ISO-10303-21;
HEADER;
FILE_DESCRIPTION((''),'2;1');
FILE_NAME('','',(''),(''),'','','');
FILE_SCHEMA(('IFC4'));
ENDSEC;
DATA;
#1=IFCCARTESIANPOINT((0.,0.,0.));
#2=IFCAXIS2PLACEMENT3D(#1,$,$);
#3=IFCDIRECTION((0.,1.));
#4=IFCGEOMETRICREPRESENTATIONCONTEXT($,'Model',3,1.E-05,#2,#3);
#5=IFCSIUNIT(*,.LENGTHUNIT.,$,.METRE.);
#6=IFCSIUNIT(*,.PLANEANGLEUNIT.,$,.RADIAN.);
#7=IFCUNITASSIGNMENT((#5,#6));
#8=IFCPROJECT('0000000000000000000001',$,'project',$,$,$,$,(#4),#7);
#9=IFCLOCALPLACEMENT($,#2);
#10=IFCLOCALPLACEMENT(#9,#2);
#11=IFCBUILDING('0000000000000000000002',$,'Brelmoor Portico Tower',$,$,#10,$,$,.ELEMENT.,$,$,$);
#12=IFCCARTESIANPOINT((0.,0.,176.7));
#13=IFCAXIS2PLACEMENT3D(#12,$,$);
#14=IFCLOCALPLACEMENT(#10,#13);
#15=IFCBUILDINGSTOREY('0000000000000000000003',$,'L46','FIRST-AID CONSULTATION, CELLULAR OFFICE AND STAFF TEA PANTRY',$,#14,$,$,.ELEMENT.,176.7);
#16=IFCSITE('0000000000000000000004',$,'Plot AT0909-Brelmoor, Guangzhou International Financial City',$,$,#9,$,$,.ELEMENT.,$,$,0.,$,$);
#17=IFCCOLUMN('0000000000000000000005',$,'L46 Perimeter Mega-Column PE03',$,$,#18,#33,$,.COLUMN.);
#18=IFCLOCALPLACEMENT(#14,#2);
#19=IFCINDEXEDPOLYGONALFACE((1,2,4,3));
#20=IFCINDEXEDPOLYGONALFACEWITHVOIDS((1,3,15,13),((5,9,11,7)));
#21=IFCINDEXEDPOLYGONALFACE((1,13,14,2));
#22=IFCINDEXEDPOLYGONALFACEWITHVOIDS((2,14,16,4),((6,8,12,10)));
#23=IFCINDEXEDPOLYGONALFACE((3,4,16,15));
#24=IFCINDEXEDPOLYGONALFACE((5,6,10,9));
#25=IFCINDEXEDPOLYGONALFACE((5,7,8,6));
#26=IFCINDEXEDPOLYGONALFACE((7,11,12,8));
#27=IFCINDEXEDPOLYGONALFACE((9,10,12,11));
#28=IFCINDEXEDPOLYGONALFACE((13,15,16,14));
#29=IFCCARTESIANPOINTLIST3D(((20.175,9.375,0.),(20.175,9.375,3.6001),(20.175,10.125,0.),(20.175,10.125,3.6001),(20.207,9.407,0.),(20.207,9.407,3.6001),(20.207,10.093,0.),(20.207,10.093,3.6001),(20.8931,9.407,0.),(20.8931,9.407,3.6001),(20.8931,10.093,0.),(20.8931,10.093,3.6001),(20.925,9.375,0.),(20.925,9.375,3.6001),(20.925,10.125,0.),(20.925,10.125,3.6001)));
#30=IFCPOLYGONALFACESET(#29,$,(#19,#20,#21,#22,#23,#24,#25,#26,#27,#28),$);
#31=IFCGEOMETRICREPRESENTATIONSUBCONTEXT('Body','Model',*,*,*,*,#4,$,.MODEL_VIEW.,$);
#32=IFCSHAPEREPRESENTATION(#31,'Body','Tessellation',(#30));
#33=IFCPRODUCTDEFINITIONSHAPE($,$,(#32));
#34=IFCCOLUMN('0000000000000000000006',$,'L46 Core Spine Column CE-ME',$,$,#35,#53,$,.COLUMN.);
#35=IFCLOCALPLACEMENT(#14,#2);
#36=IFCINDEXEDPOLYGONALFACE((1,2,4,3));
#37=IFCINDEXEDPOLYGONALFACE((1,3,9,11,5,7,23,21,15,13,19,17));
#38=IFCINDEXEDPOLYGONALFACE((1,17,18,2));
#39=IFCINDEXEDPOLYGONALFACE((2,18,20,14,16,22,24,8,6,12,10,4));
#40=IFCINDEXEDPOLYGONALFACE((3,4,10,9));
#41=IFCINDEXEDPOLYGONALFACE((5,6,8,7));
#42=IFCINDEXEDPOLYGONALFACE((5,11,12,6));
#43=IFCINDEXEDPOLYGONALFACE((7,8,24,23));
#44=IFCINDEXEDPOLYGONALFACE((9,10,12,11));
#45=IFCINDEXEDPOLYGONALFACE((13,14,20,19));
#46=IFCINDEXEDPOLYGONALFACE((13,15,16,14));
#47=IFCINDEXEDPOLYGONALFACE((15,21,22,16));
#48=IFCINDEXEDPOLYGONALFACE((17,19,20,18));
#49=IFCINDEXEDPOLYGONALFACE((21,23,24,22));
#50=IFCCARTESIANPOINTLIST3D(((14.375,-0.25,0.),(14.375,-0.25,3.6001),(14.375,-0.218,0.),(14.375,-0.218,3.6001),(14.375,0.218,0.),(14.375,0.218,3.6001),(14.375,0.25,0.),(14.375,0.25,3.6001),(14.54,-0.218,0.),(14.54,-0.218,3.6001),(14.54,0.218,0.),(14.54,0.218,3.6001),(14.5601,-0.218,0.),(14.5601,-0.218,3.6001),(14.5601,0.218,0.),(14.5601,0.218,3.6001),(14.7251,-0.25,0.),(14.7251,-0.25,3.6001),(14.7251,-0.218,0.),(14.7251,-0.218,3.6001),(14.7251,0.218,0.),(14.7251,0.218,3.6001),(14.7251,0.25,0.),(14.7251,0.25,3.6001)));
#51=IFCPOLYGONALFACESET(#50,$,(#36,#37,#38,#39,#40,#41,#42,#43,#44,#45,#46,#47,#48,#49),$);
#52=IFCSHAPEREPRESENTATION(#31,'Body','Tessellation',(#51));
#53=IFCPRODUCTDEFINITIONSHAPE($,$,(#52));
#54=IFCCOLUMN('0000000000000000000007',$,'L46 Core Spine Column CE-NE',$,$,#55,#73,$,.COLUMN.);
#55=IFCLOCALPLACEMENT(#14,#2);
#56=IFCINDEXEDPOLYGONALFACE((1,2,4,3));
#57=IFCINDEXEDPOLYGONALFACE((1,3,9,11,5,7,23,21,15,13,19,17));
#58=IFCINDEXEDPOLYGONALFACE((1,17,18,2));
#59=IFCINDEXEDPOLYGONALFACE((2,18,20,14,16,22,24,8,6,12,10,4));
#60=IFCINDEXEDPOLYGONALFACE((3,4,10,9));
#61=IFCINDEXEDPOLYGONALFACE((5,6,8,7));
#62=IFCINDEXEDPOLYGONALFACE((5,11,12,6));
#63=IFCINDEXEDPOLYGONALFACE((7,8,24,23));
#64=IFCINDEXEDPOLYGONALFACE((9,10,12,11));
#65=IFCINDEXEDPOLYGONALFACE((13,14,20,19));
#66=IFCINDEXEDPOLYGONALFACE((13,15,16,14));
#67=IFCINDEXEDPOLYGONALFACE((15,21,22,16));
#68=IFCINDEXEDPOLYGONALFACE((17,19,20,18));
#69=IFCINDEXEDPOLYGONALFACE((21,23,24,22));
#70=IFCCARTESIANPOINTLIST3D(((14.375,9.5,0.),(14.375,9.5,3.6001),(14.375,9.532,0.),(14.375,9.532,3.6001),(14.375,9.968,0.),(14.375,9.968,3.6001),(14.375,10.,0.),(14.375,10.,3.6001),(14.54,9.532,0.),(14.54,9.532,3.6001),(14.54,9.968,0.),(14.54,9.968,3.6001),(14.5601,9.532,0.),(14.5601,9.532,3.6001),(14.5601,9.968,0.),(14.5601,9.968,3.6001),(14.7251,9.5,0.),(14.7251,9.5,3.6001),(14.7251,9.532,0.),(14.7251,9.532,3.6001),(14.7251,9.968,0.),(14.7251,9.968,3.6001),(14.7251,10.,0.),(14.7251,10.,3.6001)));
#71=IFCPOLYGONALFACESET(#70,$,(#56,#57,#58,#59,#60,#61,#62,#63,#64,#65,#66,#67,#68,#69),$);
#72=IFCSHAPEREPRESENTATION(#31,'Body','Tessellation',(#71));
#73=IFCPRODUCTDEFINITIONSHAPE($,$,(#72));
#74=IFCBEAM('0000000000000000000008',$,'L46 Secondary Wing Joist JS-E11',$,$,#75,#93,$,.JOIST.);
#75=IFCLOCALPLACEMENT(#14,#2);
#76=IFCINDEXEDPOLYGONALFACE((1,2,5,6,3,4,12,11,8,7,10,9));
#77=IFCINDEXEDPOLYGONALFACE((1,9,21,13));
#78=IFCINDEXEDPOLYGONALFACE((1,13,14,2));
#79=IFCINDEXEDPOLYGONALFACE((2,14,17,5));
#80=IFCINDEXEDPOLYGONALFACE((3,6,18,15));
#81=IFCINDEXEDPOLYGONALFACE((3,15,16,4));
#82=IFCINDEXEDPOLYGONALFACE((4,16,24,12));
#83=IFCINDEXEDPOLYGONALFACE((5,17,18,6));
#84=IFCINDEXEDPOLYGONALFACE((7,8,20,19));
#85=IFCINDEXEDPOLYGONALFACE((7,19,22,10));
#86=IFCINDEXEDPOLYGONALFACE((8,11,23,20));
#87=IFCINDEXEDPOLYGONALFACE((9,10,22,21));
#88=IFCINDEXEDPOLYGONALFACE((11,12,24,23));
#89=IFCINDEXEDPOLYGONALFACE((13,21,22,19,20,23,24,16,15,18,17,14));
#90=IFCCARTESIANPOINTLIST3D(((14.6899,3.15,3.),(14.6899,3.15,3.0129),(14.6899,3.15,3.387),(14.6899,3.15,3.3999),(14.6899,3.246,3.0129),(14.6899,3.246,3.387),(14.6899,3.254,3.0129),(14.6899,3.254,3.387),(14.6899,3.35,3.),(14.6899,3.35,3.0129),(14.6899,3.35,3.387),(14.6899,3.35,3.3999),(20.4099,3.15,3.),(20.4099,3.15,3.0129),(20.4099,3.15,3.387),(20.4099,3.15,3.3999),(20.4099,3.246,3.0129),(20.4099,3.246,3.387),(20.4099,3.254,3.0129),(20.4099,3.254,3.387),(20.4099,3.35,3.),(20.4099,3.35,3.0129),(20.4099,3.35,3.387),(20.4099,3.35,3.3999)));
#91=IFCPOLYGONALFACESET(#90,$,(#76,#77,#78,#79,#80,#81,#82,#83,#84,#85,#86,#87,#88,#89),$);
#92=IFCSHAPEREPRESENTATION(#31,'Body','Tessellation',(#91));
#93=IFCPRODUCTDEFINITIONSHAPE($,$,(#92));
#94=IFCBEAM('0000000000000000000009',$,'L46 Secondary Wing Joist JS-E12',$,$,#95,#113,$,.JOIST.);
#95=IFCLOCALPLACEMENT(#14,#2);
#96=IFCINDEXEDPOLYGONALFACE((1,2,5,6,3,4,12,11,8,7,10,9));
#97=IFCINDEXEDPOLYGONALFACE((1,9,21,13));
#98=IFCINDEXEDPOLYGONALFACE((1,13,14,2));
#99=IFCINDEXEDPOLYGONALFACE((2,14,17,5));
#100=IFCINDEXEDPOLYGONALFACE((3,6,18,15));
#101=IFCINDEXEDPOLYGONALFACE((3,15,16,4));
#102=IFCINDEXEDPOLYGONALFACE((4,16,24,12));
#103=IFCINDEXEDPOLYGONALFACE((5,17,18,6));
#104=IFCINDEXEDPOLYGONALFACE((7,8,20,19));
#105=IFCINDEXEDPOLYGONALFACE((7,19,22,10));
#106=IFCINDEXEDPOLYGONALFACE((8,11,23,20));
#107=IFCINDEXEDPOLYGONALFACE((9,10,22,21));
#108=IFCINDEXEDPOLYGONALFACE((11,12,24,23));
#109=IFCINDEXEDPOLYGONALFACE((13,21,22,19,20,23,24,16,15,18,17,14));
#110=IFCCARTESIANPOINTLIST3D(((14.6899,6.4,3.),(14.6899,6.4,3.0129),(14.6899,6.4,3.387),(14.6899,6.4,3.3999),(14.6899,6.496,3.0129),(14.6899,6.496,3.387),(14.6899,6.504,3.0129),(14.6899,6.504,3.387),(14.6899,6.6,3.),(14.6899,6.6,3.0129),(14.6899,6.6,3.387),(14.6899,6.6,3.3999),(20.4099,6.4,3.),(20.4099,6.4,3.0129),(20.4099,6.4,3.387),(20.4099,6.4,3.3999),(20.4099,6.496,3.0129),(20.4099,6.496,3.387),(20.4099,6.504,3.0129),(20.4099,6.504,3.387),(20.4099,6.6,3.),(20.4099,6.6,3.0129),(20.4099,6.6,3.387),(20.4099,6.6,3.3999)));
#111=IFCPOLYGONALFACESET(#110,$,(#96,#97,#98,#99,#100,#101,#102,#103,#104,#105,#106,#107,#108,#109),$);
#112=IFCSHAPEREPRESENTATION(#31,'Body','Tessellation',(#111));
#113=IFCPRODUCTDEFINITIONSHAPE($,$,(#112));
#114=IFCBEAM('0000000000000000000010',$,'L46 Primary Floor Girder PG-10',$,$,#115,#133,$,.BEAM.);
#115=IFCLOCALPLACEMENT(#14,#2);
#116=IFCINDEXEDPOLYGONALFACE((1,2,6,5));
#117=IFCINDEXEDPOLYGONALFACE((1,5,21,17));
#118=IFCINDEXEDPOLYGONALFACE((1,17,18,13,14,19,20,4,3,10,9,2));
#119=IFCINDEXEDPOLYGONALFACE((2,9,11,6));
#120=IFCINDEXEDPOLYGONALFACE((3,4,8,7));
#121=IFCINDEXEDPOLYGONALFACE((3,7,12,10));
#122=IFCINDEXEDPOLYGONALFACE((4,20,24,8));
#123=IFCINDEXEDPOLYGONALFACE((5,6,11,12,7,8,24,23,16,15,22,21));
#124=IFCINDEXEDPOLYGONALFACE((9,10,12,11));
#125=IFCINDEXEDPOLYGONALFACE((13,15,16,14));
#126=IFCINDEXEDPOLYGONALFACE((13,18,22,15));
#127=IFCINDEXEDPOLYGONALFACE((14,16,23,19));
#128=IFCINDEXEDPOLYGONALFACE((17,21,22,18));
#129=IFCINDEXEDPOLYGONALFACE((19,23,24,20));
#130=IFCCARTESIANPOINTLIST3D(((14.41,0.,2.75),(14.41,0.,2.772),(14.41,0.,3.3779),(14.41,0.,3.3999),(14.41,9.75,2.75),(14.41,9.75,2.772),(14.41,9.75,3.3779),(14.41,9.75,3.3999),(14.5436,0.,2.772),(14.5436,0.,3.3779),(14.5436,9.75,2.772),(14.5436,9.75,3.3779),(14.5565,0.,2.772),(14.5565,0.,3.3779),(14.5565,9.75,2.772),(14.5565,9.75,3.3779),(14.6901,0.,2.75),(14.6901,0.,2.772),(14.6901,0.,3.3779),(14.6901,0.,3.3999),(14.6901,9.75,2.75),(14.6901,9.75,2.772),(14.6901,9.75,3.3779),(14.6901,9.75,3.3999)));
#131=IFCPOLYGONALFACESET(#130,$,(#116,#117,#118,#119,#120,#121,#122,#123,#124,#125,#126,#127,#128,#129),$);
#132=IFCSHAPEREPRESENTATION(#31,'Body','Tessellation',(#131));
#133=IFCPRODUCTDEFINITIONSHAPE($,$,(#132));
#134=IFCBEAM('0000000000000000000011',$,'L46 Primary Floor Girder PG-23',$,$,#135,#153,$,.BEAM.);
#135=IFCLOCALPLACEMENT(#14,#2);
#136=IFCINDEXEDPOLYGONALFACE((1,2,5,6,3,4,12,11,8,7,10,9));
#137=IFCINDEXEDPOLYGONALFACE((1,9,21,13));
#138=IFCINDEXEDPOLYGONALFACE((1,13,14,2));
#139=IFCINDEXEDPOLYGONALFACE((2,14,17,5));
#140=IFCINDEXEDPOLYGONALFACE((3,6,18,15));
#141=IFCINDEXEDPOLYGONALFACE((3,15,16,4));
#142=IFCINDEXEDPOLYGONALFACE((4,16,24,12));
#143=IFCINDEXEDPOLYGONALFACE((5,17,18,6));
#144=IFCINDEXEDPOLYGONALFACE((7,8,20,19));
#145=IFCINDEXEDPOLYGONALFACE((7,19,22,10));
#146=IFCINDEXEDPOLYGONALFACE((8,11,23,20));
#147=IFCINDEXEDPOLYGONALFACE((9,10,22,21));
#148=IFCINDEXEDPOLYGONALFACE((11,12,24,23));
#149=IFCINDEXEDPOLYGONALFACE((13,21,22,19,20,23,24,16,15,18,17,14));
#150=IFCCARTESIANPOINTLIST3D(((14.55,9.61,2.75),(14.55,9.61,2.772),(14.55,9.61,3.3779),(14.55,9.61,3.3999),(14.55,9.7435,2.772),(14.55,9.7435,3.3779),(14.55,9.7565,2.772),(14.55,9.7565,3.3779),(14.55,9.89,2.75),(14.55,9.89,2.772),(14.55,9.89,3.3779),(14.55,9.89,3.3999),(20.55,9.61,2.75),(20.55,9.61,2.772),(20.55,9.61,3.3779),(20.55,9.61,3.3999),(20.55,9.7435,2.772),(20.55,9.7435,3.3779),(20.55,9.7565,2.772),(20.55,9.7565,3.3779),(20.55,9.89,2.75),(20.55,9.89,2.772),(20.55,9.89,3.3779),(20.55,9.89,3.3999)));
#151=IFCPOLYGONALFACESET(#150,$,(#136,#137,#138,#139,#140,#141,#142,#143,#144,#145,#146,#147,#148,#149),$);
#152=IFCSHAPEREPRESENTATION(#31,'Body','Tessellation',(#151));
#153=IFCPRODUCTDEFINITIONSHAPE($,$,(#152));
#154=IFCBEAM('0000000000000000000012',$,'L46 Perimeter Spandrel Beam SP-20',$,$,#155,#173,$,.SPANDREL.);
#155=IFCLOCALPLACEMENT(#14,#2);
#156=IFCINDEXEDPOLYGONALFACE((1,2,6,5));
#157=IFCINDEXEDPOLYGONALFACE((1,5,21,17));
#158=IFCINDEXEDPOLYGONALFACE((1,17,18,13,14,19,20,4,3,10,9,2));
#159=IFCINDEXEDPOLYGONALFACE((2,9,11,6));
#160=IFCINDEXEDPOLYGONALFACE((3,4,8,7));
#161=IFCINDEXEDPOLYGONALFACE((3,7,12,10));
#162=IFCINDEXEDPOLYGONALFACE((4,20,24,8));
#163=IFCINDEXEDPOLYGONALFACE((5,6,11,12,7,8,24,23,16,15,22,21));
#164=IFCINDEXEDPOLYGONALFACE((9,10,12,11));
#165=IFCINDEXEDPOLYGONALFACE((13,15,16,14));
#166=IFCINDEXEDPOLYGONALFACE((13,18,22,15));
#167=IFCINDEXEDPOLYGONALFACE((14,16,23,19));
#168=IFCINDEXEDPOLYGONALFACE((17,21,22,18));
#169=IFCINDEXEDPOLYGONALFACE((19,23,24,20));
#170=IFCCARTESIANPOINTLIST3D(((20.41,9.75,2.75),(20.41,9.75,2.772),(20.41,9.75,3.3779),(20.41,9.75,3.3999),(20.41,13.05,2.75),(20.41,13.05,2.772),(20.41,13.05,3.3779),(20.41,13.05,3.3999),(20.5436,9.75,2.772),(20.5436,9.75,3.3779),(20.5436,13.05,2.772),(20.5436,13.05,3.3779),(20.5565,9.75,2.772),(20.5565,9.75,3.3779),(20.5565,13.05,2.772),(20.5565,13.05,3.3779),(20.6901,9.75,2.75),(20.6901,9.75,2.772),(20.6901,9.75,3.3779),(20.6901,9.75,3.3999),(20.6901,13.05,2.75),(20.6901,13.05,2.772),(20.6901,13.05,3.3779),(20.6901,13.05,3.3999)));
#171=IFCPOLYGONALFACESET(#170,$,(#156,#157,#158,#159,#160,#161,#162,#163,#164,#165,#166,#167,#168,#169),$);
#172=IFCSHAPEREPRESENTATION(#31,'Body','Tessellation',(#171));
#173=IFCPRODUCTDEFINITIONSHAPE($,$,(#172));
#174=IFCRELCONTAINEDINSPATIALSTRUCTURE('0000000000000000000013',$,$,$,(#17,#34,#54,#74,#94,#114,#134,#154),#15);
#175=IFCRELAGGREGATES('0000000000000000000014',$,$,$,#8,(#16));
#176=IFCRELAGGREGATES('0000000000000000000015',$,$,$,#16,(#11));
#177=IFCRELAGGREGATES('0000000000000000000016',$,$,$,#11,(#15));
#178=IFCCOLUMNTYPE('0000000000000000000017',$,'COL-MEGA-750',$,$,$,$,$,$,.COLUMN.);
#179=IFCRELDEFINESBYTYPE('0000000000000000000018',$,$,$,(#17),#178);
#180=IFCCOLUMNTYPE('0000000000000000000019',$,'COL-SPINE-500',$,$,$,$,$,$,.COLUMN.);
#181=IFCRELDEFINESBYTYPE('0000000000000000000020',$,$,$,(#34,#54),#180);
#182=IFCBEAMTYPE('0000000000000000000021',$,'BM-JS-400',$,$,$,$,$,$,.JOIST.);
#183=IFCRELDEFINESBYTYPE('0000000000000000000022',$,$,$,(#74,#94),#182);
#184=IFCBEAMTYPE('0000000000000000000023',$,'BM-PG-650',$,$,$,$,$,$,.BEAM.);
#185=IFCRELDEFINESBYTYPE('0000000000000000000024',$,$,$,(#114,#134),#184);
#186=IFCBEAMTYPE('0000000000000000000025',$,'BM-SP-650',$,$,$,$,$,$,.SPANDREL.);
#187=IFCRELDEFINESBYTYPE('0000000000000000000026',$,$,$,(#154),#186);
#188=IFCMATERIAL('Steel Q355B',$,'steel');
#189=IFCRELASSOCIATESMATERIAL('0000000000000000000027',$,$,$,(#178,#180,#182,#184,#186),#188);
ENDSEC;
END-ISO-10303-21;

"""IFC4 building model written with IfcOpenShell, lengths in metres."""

from ifc_helpers import new_model, si_unit, direction, frame, origin, origin_2d, place, context, subcontext, project, spatial, hollow_rectangle, i_section, extrude, material, material_profile, profile_set, type_object, element, save


model = new_model("IFC4")

# Units and contexts
model_context = context("Model", 3, precision=1e-05, world=origin(), true_north=direction((0.0, 1.0)))
body_context = subcontext(model_context, "Body", "Model", "MODEL_VIEW")
ifc_project = project(units=[si_unit("LENGTHUNIT", "METRE"), si_unit("PLANEANGLEUNIT", "RADIAN")], contexts=[model_context])

# Site, building, storey
site_placement = place(None, origin())
site = spatial("IfcSite", under=ifc_project, at=site_placement, Name="Plot AT0909-Brelmoor, Guangzhou International Financial City", CompositionType="ELEMENT", RefElevation=0.0)
building_placement = place(site_placement, origin())
building = spatial("IfcBuilding", under=site, at=building_placement, Name="Brelmoor Portico Tower", CompositionType="ELEMENT")
storey_placement = place(building_placement, frame((0.0, 0.0, 176.7)))
storey = spatial("IfcBuildingStorey", under=building, at=storey_placement, Name="L46", Description="FIRST-AID CONSULTATION, CELLULAR OFFICE AND STAFF TEA PANTRY", CompositionType="ELEMENT", Elevation=176.7)

# Columns
ifc_material_1 = material(Name="Steel Q355B", Category="steel")
ifc_material_profile_1 = material_profile(ifc_material_1, hollow_rectangle(XDim=0.75, YDim=0.75, WallThickness=0.032, at=origin_2d()), Name="BOX 750x750x32")
ifc_profile_set_1 = profile_set([ifc_material_profile_1], Name="Steel Q355B")
column_type_1 = type_object("IfcColumnType", Name="COL-MEGA-750", PredefinedType="COLUMN", material=ifc_profile_set_1)
column_placement = place(storey_placement, frame((20.55, 9.75, 0.0), z_axis=(0.0, 0.0, 1.0), x_axis=(0.0, 1.0, 0.0)))
element("IfcColumn", 1, at=column_placement, inside=storey, type_object=column_type_1, Name="L46 Perimeter Mega-Column PE03", PredefinedType="COLUMN", context=body_context, shape_type="SweptSolid", body=[
    extrude(hollow_rectangle(XDim=0.75, YDim=0.75, WallThickness=0.032, at=origin_2d()), origin(), (0.0, 0.0, 1.0), 3.6001),
])
ifc_material_profile_2 = material_profile(ifc_material_1, i_section(OverallWidth=0.3501, OverallDepth=0.5, WebThickness=0.02, FlangeThickness=0.032, at=origin_2d()), Name="HW 500x350x20x32")
ifc_profile_set_2 = profile_set([ifc_material_profile_2], Name="Steel Q355B")
column_type_2 = type_object("IfcColumnType", Name="COL-SPINE-500", PredefinedType="COLUMN", material=ifc_profile_set_2)
for number, where, z_axis, x_axis, name in (
    (2, (14.55, 0.0, 0.0), (0.0, 0.0, 1.0), (1.0, 0.0, 0.0), "L46 Core Spine Column CE-ME"),
    (3, (14.55, 9.75, 0.0), (0.0, 0.0, 1.0), (1.0, 0.0, 0.0), "L46 Core Spine Column CE-NE"),
):
    element("IfcColumn", number, at=place(storey_placement, frame(where, z_axis=z_axis, x_axis=x_axis)), inside=storey, type_object=column_type_2, Name=name, PredefinedType="COLUMN", context=body_context, shape_type="SweptSolid", body=[
        extrude(i_section(OverallWidth=0.3501, OverallDepth=0.5, WebThickness=0.02, FlangeThickness=0.032, at=origin_2d()), origin(), (0.0, 0.0, 1.0), 3.6001),
    ])

# Beams
ifc_material_profile_3 = material_profile(ifc_material_1, i_section(OverallWidth=0.2, OverallDepth=0.3999, WebThickness=0.0081, FlangeThickness=0.0129, at=origin_2d()), Name="HN 400x200x8x13")
ifc_profile_set_3 = profile_set([ifc_material_profile_3], Name="Steel Q355B")
beam_type_1 = type_object("IfcBeamType", Name="BM-JS-400", PredefinedType="JOIST", material=ifc_profile_set_3)
for number, where, z_axis, x_axis, name in (
    (4, (14.6899, 3.25, 3.2), (1.0, 0.0, 0.0), (0.0, 1.0, 0.0), "L46 Secondary Wing Joist JS-E11"),
    (5, (14.6899, 6.5, 3.2), (1.0, 0.0, 0.0), (0.0, 1.0, 0.0), "L46 Secondary Wing Joist JS-E12"),
):
    element("IfcBeam", number, at=place(storey_placement, frame(where, z_axis=z_axis, x_axis=x_axis)), inside=storey, type_object=beam_type_1, Name=name, PredefinedType="JOIST", context=body_context, shape_type="SweptSolid", body=[
        extrude(i_section(OverallWidth=0.2, OverallDepth=0.3999, WebThickness=0.0081, FlangeThickness=0.0129, at=origin_2d()), origin(), (0.0, 0.0, 1.0), 5.72),
    ])
ifc_material_profile_4 = material_profile(ifc_material_1, i_section(OverallWidth=0.28, OverallDepth=0.6499, WebThickness=0.0129, FlangeThickness=0.022, at=origin_2d()), Name="HN 650x280x13x22")
ifc_profile_set_4 = profile_set([ifc_material_profile_4], Name="Steel Q355B")
beam_type_2 = type_object("IfcBeamType", Name="BM-PG-650", PredefinedType="BEAM", material=ifc_profile_set_4)
beam_1_placement = place(storey_placement, frame((14.55, 0.0, 3.075), z_axis=(0.0, 1.0, 0.0), x_axis=(-1.0, 0.0, 0.0)))
element("IfcBeam", 6, at=beam_1_placement, inside=storey, type_object=beam_type_2, Name="L46 Primary Floor Girder PG-10", PredefinedType="BEAM", context=body_context, shape_type="SweptSolid", body=[
    extrude(i_section(OverallWidth=0.28, OverallDepth=0.6499, WebThickness=0.0129, FlangeThickness=0.022, at=origin_2d()), origin(), (0.0, 0.0, 1.0), 9.75),
])
beam_2_placement = place(storey_placement, frame((14.55, 9.75, 3.075), z_axis=(1.0, 0.0, 0.0), x_axis=(0.0, 1.0, 0.0)))
element("IfcBeam", 7, at=beam_2_placement, inside=storey, type_object=beam_type_2, Name="L46 Primary Floor Girder PG-23", PredefinedType="BEAM", context=body_context, shape_type="SweptSolid", body=[
    extrude(i_section(OverallWidth=0.28, OverallDepth=0.6499, WebThickness=0.0129, FlangeThickness=0.022, at=origin_2d()), origin(), (0.0, 0.0, 1.0), 6.0),
])
ifc_material_profile_5 = material_profile(ifc_material_1, i_section(OverallWidth=0.28, OverallDepth=0.6499, WebThickness=0.0129, FlangeThickness=0.022, at=origin_2d()), Name="HN 650x280x13x22")
ifc_profile_set_5 = profile_set([ifc_material_profile_5], Name="Steel Q355B")
beam_type_3 = type_object("IfcBeamType", Name="BM-SP-650", PredefinedType="SPANDREL", material=ifc_profile_set_5)
beam_3_placement = place(storey_placement, frame((20.55, 9.75, 3.075), z_axis=(0.0, 1.0, 0.0), x_axis=(-1.0, 0.0, 0.0)))
element("IfcBeam", 8, at=beam_3_placement, inside=storey, type_object=beam_type_3, Name="L46 Perimeter Spandrel Beam SP-20", PredefinedType="SPANDREL", context=body_context, shape_type="SweptSolid", body=[
    extrude(i_section(OverallWidth=0.28, OverallDepth=0.6499, WebThickness=0.0129, FlangeThickness=0.022, at=origin_2d()), origin(), (0.0, 0.0, 1.0), 3.3),
])

save(model, "model.ifc")
